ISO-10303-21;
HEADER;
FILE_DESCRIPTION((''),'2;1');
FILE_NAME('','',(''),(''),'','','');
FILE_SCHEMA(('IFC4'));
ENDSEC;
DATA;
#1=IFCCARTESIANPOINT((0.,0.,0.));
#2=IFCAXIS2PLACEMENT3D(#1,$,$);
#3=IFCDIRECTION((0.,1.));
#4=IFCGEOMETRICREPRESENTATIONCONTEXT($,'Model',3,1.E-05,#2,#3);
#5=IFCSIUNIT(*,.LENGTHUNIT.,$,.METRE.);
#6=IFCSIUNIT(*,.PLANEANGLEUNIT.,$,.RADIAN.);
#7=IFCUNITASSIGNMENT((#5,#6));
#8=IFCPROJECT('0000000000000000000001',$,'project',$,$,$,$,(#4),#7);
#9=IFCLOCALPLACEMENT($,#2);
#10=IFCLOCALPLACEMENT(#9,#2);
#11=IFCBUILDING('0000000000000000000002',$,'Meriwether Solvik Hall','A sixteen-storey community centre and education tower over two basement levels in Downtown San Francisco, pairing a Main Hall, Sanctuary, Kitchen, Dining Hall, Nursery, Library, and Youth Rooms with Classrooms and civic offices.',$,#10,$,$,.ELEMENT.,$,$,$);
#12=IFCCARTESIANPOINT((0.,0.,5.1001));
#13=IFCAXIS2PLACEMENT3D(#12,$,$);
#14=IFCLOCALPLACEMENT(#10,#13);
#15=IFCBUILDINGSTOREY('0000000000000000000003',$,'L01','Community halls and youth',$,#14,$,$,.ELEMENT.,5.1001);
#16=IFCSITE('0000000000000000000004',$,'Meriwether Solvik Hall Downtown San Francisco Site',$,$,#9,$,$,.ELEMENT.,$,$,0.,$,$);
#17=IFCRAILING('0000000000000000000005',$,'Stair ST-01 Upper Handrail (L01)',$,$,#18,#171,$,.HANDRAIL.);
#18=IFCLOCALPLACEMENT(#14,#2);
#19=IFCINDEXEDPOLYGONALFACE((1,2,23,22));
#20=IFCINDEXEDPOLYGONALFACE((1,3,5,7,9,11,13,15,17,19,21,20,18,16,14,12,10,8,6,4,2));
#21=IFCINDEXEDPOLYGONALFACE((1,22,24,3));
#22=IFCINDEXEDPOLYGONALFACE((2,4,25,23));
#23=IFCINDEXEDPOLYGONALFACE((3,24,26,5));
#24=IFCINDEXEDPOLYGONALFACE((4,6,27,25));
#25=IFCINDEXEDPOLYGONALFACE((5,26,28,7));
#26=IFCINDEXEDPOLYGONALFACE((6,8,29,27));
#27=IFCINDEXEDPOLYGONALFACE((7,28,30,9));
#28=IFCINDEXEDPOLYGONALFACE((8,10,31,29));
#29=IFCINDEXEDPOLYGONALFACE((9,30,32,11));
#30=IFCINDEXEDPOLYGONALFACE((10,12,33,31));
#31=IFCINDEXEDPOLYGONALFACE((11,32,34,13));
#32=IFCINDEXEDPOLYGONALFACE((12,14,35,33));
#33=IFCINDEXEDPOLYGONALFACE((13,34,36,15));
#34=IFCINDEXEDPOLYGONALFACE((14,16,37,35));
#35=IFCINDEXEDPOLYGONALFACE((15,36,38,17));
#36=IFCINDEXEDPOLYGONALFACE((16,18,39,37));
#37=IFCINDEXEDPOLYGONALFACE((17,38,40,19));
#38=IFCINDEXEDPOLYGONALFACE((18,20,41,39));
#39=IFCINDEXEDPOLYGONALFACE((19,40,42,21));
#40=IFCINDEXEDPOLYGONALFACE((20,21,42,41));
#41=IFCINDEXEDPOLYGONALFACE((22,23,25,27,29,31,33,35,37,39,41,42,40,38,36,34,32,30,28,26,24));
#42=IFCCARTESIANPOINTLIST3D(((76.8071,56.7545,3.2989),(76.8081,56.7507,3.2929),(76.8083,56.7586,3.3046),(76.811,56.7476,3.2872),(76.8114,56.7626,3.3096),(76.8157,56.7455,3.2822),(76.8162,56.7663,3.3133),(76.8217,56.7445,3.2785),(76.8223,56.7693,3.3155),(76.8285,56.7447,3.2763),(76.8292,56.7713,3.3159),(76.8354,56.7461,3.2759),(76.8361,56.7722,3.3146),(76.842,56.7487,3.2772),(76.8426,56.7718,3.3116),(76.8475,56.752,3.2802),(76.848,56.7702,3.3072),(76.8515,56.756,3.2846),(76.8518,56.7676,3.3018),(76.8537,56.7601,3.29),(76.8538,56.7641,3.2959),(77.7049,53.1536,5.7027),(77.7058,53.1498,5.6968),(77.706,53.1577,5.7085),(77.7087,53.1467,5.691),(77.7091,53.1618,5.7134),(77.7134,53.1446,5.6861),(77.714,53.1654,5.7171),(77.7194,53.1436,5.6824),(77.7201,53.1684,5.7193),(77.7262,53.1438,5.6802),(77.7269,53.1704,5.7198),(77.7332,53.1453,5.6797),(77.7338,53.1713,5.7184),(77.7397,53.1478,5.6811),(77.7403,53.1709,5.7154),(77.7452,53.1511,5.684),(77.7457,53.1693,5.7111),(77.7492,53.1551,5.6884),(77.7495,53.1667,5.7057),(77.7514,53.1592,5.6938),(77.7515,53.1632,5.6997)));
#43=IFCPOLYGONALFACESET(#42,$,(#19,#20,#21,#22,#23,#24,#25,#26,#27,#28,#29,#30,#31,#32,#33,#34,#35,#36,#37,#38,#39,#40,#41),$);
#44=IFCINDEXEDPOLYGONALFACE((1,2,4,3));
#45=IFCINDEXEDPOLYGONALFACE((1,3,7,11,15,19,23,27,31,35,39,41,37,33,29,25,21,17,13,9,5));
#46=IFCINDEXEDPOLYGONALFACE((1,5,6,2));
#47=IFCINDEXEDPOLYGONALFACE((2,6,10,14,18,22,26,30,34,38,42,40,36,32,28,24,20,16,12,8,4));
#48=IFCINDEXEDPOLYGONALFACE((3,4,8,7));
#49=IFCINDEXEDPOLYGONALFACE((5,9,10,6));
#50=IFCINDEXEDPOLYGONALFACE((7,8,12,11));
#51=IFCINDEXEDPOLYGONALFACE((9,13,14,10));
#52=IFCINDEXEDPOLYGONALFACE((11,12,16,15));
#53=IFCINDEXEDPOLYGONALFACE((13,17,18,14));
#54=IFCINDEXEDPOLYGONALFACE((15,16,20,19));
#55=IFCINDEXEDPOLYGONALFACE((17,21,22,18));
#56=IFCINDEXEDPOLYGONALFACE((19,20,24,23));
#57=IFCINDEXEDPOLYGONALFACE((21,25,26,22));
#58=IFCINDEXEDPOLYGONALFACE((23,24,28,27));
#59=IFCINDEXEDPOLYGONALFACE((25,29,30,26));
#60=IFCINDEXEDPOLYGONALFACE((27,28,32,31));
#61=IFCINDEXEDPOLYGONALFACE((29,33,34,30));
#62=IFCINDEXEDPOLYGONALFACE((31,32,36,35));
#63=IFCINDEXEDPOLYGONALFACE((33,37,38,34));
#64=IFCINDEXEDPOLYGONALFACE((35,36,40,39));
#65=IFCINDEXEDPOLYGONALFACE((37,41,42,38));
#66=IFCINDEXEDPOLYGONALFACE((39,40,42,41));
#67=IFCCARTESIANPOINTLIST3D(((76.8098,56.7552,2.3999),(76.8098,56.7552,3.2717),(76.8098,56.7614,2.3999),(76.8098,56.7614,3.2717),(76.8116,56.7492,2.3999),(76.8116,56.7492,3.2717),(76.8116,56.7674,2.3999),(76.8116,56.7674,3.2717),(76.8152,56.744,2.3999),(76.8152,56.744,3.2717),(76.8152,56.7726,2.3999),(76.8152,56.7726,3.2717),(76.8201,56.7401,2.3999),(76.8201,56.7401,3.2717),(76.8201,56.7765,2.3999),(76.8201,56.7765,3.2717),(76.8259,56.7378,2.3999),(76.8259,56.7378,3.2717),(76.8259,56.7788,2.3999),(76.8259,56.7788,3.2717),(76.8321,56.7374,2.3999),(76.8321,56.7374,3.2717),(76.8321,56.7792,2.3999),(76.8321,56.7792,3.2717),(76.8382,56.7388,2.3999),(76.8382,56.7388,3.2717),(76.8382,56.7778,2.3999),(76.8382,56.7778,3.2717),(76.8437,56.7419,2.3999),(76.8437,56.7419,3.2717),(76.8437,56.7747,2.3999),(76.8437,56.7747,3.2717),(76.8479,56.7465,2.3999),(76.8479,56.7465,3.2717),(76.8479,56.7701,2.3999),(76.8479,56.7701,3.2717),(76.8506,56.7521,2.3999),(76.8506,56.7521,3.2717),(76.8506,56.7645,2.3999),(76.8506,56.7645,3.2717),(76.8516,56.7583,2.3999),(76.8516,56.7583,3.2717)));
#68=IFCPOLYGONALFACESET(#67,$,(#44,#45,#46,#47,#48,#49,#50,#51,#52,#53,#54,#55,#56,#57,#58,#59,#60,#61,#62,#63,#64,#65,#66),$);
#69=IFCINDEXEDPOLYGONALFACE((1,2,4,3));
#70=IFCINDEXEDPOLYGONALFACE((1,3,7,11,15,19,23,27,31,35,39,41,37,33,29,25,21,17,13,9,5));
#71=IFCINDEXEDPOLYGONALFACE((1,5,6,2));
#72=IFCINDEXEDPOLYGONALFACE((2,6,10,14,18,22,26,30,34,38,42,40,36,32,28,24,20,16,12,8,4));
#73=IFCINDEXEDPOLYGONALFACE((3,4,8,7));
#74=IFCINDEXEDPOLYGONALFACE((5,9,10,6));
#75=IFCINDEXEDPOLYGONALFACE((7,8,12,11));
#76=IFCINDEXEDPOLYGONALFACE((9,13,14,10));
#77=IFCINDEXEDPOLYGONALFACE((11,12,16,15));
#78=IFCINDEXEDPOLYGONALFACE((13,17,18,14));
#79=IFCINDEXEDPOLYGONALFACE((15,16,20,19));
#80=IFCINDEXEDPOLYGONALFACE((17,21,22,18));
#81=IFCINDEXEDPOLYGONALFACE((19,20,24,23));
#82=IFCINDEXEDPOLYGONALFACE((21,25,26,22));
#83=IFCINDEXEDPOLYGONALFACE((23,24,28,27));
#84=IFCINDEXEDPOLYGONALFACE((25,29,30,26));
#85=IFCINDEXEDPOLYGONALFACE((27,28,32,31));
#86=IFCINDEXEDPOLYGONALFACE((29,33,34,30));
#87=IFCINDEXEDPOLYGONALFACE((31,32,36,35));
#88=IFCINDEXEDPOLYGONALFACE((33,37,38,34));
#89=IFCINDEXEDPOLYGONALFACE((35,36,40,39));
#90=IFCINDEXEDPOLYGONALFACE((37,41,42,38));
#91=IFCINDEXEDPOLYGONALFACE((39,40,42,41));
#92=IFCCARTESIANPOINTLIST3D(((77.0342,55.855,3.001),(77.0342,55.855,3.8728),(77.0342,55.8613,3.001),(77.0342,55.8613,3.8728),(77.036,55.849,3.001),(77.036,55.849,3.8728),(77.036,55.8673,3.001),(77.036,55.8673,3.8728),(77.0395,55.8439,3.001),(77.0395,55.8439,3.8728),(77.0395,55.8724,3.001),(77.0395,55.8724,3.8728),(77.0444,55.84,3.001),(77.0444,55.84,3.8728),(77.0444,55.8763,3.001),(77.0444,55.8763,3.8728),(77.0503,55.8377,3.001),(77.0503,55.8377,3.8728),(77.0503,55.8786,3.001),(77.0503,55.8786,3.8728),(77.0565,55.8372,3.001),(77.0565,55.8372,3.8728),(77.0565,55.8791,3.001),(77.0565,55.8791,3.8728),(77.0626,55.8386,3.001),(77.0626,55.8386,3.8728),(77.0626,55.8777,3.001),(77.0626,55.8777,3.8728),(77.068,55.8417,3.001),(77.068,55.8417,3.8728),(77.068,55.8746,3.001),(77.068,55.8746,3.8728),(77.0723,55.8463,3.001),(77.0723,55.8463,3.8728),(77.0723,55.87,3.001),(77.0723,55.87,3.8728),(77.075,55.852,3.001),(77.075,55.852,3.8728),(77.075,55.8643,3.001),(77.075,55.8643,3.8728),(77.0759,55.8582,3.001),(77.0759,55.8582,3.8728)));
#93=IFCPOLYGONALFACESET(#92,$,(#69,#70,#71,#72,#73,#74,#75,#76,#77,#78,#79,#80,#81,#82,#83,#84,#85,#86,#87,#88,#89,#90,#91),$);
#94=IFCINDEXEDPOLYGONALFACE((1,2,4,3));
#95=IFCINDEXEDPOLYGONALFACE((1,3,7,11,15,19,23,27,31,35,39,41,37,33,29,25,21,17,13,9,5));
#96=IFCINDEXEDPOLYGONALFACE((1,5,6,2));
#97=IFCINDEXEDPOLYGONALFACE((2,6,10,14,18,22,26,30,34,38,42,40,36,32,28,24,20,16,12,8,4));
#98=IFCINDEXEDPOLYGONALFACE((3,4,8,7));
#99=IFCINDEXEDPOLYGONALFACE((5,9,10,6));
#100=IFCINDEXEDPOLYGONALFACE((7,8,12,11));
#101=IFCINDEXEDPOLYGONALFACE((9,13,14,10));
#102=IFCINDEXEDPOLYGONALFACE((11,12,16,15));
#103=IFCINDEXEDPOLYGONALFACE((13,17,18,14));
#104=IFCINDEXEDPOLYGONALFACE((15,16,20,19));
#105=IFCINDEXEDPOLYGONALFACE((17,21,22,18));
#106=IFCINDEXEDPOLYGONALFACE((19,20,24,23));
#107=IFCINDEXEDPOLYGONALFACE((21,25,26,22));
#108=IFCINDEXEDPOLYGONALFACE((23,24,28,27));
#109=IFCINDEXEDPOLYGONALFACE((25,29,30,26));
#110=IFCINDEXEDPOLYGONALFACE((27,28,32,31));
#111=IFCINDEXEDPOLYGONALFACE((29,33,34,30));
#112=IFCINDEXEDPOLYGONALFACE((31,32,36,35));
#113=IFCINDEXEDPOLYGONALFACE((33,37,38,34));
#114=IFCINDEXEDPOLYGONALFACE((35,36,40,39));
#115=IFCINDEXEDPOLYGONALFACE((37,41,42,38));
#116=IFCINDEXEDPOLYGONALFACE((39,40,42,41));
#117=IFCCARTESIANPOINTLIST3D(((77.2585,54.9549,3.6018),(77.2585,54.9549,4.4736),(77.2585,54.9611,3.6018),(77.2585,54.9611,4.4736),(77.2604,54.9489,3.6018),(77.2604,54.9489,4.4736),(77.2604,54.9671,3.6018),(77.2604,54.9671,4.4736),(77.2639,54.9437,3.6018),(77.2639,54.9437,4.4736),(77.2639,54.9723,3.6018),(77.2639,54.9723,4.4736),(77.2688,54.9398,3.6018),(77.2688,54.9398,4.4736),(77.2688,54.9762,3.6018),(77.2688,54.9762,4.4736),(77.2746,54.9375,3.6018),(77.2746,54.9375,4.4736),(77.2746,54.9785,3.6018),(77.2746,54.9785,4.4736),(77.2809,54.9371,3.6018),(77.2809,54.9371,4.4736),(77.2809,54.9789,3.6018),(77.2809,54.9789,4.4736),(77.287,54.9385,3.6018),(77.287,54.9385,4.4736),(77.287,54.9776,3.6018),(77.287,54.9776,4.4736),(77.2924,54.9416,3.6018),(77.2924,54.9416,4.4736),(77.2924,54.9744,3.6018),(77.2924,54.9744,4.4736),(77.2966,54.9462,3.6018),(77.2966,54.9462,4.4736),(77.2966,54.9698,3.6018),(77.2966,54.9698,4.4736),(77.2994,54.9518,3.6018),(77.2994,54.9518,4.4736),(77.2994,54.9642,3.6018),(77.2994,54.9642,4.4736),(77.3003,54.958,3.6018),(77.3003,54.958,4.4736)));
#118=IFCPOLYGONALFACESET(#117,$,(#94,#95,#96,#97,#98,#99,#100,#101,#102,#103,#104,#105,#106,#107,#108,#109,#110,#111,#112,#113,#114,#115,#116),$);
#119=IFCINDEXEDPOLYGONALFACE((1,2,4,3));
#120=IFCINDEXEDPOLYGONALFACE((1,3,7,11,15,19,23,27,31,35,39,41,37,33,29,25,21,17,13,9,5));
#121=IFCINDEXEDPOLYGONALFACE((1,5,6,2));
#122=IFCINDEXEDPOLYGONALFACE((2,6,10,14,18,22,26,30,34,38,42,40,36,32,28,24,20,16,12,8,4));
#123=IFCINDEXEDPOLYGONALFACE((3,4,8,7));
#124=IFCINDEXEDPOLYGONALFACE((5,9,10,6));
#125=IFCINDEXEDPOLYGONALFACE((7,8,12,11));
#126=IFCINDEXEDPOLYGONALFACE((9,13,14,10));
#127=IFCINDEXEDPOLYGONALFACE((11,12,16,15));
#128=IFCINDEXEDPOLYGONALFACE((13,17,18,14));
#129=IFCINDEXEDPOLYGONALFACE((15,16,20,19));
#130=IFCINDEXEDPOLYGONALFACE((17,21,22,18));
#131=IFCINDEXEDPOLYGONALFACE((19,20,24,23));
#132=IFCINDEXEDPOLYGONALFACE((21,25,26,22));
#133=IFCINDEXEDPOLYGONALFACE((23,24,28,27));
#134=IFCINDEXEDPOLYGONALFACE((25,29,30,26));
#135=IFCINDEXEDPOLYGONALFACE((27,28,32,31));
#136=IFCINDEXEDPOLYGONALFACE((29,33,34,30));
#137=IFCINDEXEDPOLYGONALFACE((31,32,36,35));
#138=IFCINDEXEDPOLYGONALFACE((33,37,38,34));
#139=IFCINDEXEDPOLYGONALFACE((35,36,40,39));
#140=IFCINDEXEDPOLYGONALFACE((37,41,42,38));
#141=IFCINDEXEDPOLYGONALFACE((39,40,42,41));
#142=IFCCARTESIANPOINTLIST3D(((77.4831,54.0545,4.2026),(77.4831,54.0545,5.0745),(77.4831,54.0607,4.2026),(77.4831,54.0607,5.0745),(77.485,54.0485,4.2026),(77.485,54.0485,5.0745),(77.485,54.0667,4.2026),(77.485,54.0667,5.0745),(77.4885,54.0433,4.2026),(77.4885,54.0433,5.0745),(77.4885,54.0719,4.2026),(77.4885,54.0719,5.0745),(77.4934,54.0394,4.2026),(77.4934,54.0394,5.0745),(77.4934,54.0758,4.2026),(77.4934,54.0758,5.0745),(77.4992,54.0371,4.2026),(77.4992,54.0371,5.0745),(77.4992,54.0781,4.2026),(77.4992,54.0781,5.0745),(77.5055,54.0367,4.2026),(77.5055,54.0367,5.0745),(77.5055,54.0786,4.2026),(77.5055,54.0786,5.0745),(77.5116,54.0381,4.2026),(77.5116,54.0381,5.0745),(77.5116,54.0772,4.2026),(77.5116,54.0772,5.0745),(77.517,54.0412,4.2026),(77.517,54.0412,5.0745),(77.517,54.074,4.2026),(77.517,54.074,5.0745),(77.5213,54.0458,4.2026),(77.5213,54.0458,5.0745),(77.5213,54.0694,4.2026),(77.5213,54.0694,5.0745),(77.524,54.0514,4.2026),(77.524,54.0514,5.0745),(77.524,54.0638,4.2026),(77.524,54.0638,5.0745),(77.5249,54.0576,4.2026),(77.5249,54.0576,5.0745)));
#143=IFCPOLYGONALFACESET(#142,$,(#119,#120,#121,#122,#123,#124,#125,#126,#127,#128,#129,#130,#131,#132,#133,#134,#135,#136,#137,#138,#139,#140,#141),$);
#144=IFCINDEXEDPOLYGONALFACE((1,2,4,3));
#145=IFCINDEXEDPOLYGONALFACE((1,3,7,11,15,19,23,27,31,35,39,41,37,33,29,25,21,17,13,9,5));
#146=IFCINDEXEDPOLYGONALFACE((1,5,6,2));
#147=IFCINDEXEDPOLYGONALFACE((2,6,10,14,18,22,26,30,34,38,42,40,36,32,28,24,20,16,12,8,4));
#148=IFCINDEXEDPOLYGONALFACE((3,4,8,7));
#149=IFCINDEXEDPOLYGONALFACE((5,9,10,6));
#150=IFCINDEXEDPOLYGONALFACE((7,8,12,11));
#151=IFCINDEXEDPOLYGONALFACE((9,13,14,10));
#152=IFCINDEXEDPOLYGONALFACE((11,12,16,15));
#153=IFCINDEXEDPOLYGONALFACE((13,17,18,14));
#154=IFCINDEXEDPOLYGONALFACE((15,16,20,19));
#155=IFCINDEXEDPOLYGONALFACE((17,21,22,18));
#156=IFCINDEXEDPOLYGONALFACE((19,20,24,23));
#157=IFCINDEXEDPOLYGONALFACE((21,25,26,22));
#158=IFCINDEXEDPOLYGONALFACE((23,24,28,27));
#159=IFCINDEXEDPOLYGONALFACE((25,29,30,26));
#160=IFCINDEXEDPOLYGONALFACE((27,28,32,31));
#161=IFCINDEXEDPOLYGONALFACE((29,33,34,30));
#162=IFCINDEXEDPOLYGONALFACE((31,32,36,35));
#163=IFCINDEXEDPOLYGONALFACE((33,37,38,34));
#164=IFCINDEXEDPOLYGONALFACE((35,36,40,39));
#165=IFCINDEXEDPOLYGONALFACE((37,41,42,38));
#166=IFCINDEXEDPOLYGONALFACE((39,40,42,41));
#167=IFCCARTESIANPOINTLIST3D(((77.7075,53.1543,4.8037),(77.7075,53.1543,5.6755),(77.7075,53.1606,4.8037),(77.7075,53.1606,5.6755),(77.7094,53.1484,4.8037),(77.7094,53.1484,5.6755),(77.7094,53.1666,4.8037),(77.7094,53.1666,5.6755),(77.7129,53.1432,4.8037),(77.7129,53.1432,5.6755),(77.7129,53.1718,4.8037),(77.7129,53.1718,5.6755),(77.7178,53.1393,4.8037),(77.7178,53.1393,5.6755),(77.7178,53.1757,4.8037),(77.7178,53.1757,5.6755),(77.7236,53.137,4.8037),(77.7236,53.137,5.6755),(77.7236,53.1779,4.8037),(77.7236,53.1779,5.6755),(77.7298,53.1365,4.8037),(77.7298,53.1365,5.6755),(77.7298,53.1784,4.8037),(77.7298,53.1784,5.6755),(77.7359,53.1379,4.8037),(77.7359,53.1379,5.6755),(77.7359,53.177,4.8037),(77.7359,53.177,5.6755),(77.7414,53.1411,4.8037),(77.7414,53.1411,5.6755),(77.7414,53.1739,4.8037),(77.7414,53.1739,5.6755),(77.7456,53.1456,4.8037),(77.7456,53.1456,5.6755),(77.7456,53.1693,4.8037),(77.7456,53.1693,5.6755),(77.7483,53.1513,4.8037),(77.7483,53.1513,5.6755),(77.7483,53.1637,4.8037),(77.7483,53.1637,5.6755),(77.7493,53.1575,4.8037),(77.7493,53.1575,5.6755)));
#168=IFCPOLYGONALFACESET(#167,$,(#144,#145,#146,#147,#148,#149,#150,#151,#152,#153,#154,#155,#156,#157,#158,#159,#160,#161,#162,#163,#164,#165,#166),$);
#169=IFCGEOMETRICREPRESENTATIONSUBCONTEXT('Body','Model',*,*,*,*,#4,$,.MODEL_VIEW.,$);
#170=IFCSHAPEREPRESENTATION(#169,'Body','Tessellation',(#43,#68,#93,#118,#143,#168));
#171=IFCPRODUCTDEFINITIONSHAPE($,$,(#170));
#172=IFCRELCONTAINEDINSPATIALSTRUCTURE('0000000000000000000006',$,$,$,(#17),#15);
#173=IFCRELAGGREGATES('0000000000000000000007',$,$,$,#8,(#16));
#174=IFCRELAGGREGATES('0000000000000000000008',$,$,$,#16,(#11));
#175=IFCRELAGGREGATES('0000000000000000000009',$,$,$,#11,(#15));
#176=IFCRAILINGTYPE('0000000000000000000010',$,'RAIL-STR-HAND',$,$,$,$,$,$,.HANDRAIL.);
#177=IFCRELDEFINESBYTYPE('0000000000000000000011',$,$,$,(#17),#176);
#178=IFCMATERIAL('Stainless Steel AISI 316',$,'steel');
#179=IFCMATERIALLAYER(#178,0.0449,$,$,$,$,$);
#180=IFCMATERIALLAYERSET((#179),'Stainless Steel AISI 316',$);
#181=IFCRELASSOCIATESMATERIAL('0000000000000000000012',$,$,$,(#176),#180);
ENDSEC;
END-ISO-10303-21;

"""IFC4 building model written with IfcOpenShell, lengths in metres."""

from ifc_helpers import new_model, si_unit, direction, frame, origin, origin_2d, place, context, subcontext, project, spatial, circle, extrude, material, layer, layer_set, type_object, element, save


model = new_model("IFC4")

# Units and contexts
model_context = context("Model", 3, precision=1e-05, world=origin(), true_north=direction((0.0, 1.0)))
body_context = subcontext(model_context, "Body", "Model", "MODEL_VIEW")
ifc_project = project(units=[si_unit("LENGTHUNIT", "METRE"), si_unit("PLANEANGLEUNIT", "RADIAN")], contexts=[model_context])

# Site, building, storey
site_placement = place(None, origin())
site = spatial("IfcSite", under=ifc_project, at=site_placement, Name="Meriwether Solvik Hall Downtown San Francisco Site", CompositionType="ELEMENT", RefElevation=0.0)
building_placement = place(site_placement, origin())
building = spatial("IfcBuilding", under=site, at=building_placement, Name="Meriwether Solvik Hall", Description="A sixteen-storey community centre and education tower over two basement levels in Downtown San Francisco, pairing a Main Hall, Sanctuary, Kitchen, Dining Hall, Nursery, Library, and Youth Rooms with Classrooms and civic offices.", CompositionType="ELEMENT")
storey_placement = place(building_placement, frame((0.0, 0.0, 5.1001)))
storey = spatial("IfcBuildingStorey", under=building, at=storey_placement, Name="L01", Description="Community halls and youth", CompositionType="ELEMENT", Elevation=5.1001)

# Railing
ifc_material_1 = material(Name="Stainless Steel AISI 316", Category="steel")
ifc_layer_1 = layer(ifc_material_1, 0.0449)
ifc_layer_set_1 = layer_set([ifc_layer_1], Name="Stainless Steel AISI 316")
railing_type_1 = type_object("IfcRailingType", Name="RAIL-STR-HAND", PredefinedType="HANDRAIL", material=ifc_layer_set_1)
railing_1_placement = place(storey_placement, frame((76.8306, 56.7583, 2.3999)))
element("IfcRailing", 1, at=railing_1_placement, inside=storey, type_object=railing_type_1, Name="Stair ST-01 Upper Handrail (L01)", PredefinedType="HANDRAIL", context=body_context, shape_type="SweptSolid", body=[
    extrude(circle(Radius=0.0239, at=origin_2d()), frame((0.0, 0.0, 0.896), z_axis=(0.203029, -0.814381, 0.543657), x_axis=(0.970301, 0.241901, 0.0)), (0.0, 0.0, 1.0), 4.4216),
    extrude(circle(Radius=0.021, at=origin_2d()), origin(), (0.0, 0.0, 1.0), 0.8718),
    extrude(circle(Radius=0.021, at=origin_2d()), frame((0.2244, -0.9001, 0.6011)), (0.0, 0.0, 1.0), 0.8718),
    extrude(circle(Radius=0.021, at=origin_2d()), frame((0.4487, -1.8003, 1.2019)), (0.0, 0.0, 1.0), 0.8718),
    extrude(circle(Radius=0.021, at=origin_2d()), frame((0.6733, -2.7007, 1.8027)), (0.0, 0.0, 1.0), 0.8718),
    extrude(circle(Radius=0.021, at=origin_2d()), frame((0.8977, -3.6008, 2.4038)), (0.0, 0.0, 1.0), 0.8718),
])

save(model, "model.ifc")
